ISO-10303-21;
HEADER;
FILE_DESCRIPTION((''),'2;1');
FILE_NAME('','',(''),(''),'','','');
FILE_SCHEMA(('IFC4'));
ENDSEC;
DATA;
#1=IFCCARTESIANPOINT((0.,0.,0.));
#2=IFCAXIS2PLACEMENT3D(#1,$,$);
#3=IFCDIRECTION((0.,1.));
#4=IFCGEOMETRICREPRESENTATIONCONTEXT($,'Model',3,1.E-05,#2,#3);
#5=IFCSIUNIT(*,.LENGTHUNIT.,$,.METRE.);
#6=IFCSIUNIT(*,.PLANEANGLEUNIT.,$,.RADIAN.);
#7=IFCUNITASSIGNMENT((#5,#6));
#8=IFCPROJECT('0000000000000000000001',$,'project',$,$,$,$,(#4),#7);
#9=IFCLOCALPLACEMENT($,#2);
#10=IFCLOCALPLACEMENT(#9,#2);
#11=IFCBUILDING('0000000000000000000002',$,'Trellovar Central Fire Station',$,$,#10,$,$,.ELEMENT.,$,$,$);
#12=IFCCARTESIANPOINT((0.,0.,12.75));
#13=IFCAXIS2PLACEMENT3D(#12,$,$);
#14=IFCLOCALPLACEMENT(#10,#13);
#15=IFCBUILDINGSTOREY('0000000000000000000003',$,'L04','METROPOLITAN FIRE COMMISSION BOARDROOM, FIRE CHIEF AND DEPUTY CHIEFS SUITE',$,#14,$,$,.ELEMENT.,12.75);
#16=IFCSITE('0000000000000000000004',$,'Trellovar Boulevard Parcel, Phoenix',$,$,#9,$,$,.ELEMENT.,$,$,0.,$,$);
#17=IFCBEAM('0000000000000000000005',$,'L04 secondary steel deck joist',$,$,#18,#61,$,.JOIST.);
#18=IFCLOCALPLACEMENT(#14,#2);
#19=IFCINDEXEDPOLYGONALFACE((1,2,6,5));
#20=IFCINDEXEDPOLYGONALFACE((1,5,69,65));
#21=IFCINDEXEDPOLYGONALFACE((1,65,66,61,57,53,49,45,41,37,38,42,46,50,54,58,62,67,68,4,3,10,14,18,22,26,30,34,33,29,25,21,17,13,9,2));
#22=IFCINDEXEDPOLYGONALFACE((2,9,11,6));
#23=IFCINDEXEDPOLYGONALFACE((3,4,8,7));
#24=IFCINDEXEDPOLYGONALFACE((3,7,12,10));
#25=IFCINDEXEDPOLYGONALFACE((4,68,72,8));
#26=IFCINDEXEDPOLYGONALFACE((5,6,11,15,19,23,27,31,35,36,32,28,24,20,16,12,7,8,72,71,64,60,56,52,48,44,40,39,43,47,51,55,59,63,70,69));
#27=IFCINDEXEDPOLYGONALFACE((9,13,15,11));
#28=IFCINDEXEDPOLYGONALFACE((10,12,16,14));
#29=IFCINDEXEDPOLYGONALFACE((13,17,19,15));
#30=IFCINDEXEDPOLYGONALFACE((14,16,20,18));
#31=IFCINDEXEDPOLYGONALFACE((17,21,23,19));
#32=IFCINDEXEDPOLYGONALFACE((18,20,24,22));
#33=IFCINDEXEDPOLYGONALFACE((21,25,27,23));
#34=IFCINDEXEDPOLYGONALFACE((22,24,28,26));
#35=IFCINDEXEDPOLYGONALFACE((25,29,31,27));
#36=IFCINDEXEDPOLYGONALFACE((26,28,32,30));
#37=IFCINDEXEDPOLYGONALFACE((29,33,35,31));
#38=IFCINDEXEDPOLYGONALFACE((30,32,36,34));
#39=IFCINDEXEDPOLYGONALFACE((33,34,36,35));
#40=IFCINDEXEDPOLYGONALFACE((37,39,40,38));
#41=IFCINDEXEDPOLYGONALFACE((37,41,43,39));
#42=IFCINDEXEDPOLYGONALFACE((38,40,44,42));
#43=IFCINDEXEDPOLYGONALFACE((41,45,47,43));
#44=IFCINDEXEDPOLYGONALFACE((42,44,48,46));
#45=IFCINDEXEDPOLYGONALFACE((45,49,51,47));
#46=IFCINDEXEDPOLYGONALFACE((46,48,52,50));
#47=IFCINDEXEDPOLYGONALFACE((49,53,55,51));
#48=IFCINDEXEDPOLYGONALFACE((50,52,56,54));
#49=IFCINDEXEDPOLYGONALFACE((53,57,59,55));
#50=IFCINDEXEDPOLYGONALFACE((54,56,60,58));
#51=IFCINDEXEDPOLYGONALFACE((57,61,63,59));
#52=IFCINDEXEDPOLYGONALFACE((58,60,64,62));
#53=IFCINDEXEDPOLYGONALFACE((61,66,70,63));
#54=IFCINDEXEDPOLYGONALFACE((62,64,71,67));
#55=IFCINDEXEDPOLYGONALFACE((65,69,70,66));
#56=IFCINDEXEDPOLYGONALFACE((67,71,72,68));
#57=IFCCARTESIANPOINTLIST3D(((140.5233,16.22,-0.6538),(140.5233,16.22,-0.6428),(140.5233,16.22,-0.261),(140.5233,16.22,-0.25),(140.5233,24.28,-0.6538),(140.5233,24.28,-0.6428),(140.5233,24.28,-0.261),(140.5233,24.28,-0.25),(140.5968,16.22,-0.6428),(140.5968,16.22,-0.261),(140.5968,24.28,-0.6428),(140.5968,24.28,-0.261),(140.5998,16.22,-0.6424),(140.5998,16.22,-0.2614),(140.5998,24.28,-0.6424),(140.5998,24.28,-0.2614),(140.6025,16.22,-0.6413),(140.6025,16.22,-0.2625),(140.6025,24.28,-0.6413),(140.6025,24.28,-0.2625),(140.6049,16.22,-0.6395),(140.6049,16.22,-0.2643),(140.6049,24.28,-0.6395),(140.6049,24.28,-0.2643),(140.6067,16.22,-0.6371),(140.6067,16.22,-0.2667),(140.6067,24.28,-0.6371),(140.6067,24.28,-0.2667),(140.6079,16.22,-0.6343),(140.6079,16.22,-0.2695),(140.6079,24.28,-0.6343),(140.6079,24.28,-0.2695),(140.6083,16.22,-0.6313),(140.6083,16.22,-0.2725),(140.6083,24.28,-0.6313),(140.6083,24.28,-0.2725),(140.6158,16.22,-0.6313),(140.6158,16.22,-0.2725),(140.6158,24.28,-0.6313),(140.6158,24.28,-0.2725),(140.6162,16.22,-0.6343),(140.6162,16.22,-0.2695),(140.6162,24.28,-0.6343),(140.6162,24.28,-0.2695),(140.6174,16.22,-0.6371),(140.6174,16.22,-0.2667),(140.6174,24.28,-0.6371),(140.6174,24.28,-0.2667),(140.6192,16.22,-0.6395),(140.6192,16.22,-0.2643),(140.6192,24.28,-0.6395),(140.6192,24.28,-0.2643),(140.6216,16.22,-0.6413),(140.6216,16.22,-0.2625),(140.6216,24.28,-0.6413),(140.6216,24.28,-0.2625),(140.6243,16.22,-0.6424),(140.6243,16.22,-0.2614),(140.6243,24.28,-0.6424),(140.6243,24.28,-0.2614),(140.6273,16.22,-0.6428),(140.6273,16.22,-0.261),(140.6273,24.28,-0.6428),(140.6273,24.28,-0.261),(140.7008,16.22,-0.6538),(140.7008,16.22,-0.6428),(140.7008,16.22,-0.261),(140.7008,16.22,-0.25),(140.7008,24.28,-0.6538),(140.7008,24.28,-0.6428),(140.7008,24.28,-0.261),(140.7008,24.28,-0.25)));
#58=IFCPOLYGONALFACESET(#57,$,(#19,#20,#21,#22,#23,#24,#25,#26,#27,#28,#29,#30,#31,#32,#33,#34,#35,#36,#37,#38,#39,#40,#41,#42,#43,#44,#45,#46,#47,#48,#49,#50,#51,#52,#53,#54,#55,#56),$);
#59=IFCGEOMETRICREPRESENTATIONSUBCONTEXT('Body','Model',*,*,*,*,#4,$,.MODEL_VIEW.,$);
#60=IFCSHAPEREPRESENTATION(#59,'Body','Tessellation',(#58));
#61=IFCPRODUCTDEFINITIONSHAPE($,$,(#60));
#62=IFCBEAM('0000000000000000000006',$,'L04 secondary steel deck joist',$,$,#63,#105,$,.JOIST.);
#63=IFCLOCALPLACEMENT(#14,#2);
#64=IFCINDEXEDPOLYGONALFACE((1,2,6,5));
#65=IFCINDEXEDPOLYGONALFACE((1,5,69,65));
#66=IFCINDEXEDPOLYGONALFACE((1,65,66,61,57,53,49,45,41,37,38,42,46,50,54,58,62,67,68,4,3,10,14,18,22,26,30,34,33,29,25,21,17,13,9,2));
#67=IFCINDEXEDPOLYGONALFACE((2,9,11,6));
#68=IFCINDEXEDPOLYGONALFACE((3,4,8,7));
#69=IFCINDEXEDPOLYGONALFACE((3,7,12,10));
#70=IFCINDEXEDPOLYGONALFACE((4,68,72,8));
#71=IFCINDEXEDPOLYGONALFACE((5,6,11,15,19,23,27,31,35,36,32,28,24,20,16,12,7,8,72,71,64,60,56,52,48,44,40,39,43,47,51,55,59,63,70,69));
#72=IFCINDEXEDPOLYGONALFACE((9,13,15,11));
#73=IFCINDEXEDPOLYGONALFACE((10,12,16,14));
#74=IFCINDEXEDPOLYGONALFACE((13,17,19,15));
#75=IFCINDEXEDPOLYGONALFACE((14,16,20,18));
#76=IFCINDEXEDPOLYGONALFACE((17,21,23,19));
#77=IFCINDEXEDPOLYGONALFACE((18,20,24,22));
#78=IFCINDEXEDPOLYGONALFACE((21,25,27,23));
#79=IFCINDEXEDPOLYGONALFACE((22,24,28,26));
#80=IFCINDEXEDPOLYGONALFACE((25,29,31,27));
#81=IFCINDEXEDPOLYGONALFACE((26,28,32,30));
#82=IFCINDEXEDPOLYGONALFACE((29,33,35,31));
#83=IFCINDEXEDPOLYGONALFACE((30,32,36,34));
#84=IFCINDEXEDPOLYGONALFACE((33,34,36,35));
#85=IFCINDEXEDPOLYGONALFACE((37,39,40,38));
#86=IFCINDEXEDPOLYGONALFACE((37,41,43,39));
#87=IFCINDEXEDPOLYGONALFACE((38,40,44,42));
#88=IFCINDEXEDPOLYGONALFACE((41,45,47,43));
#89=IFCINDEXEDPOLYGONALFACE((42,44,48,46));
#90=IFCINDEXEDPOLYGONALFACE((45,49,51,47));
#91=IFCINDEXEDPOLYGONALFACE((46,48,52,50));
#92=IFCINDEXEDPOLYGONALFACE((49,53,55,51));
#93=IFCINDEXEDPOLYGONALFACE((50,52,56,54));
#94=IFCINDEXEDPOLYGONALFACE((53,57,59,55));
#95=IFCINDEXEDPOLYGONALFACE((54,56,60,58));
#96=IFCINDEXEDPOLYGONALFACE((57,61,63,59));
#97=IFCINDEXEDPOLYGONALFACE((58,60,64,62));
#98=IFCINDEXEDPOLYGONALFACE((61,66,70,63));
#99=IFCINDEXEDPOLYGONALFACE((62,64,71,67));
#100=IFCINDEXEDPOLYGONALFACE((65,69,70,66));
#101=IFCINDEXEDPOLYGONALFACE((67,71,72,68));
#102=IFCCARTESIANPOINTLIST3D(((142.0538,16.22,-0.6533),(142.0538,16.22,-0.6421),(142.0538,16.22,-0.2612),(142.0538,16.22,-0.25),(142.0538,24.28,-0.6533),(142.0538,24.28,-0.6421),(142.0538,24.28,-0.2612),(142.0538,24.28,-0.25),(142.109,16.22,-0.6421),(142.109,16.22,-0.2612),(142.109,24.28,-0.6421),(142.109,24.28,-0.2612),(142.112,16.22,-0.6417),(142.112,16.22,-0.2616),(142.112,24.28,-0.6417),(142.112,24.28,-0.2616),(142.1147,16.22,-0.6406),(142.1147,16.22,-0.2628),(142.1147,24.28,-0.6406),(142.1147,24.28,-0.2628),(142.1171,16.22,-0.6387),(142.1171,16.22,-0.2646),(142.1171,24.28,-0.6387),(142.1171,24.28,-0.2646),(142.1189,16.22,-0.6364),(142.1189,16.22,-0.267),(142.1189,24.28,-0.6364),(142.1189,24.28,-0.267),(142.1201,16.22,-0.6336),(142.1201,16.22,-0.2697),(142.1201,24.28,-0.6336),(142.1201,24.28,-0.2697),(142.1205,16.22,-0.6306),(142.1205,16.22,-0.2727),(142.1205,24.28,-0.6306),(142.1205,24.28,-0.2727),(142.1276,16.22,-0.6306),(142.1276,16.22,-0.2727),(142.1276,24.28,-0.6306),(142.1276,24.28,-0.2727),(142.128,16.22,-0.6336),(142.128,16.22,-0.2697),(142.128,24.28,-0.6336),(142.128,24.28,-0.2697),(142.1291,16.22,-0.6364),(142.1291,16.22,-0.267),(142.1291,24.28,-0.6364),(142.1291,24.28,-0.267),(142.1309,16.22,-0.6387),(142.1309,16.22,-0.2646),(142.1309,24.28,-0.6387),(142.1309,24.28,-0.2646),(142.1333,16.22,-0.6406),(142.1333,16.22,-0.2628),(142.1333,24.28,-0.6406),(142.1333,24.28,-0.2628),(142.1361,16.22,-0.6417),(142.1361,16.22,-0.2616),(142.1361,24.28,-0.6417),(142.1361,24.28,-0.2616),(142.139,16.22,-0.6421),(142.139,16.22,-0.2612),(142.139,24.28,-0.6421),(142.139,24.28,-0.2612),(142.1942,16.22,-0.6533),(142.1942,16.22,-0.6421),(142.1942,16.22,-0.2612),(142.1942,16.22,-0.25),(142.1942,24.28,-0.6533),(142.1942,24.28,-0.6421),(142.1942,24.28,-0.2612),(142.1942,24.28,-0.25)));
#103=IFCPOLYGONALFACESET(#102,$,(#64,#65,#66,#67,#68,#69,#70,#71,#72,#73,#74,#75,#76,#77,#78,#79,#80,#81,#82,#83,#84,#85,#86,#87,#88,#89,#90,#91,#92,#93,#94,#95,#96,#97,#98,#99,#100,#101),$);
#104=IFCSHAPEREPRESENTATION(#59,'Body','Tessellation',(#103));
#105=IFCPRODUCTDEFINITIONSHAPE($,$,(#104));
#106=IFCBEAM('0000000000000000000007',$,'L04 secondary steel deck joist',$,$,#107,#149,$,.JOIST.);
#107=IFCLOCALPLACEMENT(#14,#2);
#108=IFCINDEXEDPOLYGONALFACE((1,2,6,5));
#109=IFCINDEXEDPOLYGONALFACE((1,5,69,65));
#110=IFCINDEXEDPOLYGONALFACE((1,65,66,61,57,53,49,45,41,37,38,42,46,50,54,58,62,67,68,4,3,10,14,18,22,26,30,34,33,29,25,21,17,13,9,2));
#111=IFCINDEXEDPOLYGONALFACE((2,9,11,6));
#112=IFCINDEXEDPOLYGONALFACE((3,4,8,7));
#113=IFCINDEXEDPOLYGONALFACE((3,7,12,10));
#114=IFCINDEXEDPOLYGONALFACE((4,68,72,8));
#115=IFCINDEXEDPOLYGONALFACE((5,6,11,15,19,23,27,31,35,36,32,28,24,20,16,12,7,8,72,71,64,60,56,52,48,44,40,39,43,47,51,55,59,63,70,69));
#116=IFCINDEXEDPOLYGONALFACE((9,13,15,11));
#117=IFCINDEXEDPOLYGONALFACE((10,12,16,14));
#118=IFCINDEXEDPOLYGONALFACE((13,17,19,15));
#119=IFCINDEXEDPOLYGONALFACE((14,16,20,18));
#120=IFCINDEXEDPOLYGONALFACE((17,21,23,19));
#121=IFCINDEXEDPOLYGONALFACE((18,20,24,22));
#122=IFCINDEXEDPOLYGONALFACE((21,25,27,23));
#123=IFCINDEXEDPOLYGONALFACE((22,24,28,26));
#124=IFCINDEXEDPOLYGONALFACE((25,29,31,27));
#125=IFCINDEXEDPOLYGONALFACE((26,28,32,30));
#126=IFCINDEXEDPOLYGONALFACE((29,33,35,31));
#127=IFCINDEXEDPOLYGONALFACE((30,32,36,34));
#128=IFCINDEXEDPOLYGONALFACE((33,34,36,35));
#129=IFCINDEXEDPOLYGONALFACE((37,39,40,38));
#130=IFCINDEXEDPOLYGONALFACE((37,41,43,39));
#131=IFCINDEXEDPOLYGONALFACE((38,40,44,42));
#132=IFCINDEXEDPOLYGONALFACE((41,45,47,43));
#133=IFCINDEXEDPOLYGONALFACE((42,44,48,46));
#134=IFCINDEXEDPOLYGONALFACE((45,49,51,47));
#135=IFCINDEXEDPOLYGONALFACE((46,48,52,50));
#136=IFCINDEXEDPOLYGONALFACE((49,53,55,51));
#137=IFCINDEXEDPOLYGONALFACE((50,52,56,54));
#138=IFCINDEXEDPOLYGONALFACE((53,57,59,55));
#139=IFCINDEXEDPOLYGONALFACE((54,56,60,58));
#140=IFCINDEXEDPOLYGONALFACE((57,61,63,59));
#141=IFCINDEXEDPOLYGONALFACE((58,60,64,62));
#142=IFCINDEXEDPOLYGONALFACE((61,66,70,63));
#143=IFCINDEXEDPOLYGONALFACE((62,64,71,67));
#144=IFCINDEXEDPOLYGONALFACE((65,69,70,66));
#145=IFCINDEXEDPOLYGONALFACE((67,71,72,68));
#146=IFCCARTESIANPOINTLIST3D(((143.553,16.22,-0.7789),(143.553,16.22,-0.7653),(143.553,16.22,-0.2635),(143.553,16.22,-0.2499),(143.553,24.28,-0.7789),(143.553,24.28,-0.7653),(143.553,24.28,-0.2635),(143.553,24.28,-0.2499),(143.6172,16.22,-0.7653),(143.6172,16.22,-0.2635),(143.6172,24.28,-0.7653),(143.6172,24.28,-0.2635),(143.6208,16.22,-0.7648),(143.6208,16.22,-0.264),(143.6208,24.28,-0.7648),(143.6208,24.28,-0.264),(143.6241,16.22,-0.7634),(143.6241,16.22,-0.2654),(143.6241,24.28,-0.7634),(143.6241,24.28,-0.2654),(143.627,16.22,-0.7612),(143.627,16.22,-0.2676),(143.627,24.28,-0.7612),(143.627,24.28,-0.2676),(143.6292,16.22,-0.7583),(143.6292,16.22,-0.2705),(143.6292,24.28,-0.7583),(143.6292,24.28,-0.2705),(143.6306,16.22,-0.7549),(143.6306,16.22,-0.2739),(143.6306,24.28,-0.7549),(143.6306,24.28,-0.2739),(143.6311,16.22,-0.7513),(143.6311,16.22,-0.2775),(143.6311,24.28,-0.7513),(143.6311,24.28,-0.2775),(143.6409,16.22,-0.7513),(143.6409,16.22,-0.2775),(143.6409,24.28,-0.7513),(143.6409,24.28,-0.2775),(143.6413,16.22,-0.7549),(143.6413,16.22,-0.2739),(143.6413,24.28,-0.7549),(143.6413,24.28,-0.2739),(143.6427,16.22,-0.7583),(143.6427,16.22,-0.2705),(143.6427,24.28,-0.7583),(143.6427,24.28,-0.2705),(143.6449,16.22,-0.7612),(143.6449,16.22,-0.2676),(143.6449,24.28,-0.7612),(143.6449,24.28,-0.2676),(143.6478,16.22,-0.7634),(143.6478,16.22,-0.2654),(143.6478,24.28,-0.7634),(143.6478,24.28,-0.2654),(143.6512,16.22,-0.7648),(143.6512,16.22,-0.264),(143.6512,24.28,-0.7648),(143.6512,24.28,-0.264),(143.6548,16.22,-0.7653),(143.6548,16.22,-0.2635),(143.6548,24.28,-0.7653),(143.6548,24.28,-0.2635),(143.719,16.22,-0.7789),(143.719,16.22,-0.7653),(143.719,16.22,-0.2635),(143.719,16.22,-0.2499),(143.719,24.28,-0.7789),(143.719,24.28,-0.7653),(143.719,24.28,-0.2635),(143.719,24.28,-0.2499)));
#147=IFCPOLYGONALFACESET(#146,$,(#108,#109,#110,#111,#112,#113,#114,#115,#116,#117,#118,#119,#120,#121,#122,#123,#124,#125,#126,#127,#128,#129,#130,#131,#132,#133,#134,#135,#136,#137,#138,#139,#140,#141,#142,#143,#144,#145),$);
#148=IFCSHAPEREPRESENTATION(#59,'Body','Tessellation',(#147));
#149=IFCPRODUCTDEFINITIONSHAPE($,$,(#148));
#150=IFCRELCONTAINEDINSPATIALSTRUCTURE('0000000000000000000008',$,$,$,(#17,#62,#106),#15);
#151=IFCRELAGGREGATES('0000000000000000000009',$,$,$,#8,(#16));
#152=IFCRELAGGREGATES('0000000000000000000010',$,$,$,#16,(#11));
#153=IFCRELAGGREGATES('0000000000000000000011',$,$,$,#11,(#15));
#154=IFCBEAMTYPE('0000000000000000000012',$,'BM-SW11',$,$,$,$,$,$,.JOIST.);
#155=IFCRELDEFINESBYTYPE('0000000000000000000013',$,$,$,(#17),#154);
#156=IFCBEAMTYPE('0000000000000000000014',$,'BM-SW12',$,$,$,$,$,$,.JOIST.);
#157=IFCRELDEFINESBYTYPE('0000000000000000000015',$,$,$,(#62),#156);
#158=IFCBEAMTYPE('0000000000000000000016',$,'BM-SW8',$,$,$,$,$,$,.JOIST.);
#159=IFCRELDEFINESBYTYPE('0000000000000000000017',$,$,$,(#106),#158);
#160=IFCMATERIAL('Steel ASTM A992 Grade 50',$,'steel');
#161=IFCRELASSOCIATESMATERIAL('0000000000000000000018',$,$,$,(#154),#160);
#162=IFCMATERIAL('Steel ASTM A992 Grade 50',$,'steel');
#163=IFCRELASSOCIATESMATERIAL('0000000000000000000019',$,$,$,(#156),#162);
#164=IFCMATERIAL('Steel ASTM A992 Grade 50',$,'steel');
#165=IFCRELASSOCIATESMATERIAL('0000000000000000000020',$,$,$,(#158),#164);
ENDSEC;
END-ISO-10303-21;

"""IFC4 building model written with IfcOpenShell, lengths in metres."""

from ifc_helpers import new_model, si_unit, direction, frame, origin, origin_2d, place, context, subcontext, project, spatial, i_section, extrude, material, material_profile, profile_set, type_object, element, save


model = new_model("IFC4")

# Units and contexts
model_context = context("Model", 3, precision=1e-05, world=origin(), true_north=direction((0.0, 1.0)))
body_context = subcontext(model_context, "Body", "Model", "MODEL_VIEW")
ifc_project = project(units=[si_unit("LENGTHUNIT", "METRE"), si_unit("PLANEANGLEUNIT", "RADIAN")], contexts=[model_context])

# Site, building, storey
site_placement = place(None, origin())
site = spatial("IfcSite", under=ifc_project, at=site_placement, Name="Trellovar Boulevard Parcel, Phoenix", CompositionType="ELEMENT", RefElevation=0.0)
building_placement = place(site_placement, origin())
building = spatial("IfcBuilding", under=site, at=building_placement, Name="Trellovar Central Fire Station", CompositionType="ELEMENT")
storey_placement = place(building_placement, frame((0.0, 0.0, 12.75)))
storey = spatial("IfcBuildingStorey", under=building, at=storey_placement, Name="L04", Description="METROPOLITAN FIRE COMMISSION BOARDROOM, FIRE CHIEF AND DEPUTY CHIEFS SUITE", CompositionType="ELEMENT", Elevation=12.75)

# Beams
ifc_material_1 = material(Name="Steel ASTM A992 Grade 50", Category="steel")
ifc_material_profile_1 = material_profile(ifc_material_1, i_section(OverallWidth=0.1775, OverallDepth=0.4038, WebThickness=0.0076, FlangeThickness=0.011, FilletRadius=0.0115, at=origin_2d()), Name="W16X36")
ifc_profile_set_1 = profile_set([ifc_material_profile_1], Name="Steel ASTM A992 Grade 50")
beam_type_1 = type_object("IfcBeamType", Name="BM-SW11", PredefinedType="JOIST", material=ifc_profile_set_1)
beam_1_placement = place(storey_placement, frame((140.6121, 16.22, -0.4519), z_axis=(0.0, 1.0, 0.0), x_axis=(-1.0, 0.0, 0.0)))
element("IfcBeam", 1, at=beam_1_placement, inside=storey, type_object=beam_type_1, Name="L04 secondary steel deck joist", PredefinedType="JOIST", context=body_context, shape_type="SweptSolid", body=[
    extrude(i_section(OverallWidth=0.1775, OverallDepth=0.4038, WebThickness=0.0076, FlangeThickness=0.011, FilletRadius=0.0115, at=origin_2d()), origin(), (0.0, 0.0, 1.0), 8.0601),
])
ifc_material_2 = material(Name="Steel ASTM A992 Grade 50", Category="steel")
ifc_material_profile_2 = material_profile(ifc_material_2, i_section(OverallWidth=0.1404, OverallDepth=0.4033, WebThickness=0.0071, FlangeThickness=0.0112, FilletRadius=0.0115, at=origin_2d()), Name="W16X31")
ifc_profile_set_2 = profile_set([ifc_material_profile_2], Name="Steel ASTM A992 Grade 50")
beam_type_2 = type_object("IfcBeamType", Name="BM-SW12", PredefinedType="JOIST", material=ifc_profile_set_2)
beam_2_placement = place(storey_placement, frame((142.124, 16.22, -0.4517), z_axis=(0.0, 1.0, 0.0), x_axis=(-1.0, 0.0, 0.0)))
element("IfcBeam", 2, at=beam_2_placement, inside=storey, type_object=beam_type_2, Name="L04 secondary steel deck joist", PredefinedType="JOIST", context=body_context, shape_type="SweptSolid", body=[
    extrude(i_section(OverallWidth=0.1404, OverallDepth=0.4033, WebThickness=0.0071, FlangeThickness=0.0112, FilletRadius=0.0115, at=origin_2d()), origin(), (0.0, 0.0, 1.0), 8.0601),
])
ifc_material_3 = material(Name="Steel ASTM A992 Grade 50", Category="steel")
ifc_material_profile_3 = material_profile(ifc_material_3, i_section(OverallWidth=0.166, OverallDepth=0.5291, WebThickness=0.0098, FlangeThickness=0.0137, FilletRadius=0.0139, at=origin_2d()), Name="W21X50")
ifc_profile_set_3 = profile_set([ifc_material_profile_3], Name="Steel ASTM A992 Grade 50")
beam_type_3 = type_object("IfcBeamType", Name="BM-SW8", PredefinedType="JOIST", material=ifc_profile_set_3)
beam_3_placement = place(storey_placement, frame((143.636, 16.22, -0.5144), z_axis=(0.0, 1.0, 0.0), x_axis=(-1.0, 0.0, 0.0)))
element("IfcBeam", 3, at=beam_3_placement, inside=storey, type_object=beam_type_3, Name="L04 secondary steel deck joist", PredefinedType="JOIST", context=body_context, shape_type="SweptSolid", body=[
    extrude(i_section(OverallWidth=0.166, OverallDepth=0.5291, WebThickness=0.0098, FlangeThickness=0.0137, FilletRadius=0.0139, at=origin_2d()), origin(), (0.0, 0.0, 1.0), 8.0601),
])

save(model, "model.ifc")
